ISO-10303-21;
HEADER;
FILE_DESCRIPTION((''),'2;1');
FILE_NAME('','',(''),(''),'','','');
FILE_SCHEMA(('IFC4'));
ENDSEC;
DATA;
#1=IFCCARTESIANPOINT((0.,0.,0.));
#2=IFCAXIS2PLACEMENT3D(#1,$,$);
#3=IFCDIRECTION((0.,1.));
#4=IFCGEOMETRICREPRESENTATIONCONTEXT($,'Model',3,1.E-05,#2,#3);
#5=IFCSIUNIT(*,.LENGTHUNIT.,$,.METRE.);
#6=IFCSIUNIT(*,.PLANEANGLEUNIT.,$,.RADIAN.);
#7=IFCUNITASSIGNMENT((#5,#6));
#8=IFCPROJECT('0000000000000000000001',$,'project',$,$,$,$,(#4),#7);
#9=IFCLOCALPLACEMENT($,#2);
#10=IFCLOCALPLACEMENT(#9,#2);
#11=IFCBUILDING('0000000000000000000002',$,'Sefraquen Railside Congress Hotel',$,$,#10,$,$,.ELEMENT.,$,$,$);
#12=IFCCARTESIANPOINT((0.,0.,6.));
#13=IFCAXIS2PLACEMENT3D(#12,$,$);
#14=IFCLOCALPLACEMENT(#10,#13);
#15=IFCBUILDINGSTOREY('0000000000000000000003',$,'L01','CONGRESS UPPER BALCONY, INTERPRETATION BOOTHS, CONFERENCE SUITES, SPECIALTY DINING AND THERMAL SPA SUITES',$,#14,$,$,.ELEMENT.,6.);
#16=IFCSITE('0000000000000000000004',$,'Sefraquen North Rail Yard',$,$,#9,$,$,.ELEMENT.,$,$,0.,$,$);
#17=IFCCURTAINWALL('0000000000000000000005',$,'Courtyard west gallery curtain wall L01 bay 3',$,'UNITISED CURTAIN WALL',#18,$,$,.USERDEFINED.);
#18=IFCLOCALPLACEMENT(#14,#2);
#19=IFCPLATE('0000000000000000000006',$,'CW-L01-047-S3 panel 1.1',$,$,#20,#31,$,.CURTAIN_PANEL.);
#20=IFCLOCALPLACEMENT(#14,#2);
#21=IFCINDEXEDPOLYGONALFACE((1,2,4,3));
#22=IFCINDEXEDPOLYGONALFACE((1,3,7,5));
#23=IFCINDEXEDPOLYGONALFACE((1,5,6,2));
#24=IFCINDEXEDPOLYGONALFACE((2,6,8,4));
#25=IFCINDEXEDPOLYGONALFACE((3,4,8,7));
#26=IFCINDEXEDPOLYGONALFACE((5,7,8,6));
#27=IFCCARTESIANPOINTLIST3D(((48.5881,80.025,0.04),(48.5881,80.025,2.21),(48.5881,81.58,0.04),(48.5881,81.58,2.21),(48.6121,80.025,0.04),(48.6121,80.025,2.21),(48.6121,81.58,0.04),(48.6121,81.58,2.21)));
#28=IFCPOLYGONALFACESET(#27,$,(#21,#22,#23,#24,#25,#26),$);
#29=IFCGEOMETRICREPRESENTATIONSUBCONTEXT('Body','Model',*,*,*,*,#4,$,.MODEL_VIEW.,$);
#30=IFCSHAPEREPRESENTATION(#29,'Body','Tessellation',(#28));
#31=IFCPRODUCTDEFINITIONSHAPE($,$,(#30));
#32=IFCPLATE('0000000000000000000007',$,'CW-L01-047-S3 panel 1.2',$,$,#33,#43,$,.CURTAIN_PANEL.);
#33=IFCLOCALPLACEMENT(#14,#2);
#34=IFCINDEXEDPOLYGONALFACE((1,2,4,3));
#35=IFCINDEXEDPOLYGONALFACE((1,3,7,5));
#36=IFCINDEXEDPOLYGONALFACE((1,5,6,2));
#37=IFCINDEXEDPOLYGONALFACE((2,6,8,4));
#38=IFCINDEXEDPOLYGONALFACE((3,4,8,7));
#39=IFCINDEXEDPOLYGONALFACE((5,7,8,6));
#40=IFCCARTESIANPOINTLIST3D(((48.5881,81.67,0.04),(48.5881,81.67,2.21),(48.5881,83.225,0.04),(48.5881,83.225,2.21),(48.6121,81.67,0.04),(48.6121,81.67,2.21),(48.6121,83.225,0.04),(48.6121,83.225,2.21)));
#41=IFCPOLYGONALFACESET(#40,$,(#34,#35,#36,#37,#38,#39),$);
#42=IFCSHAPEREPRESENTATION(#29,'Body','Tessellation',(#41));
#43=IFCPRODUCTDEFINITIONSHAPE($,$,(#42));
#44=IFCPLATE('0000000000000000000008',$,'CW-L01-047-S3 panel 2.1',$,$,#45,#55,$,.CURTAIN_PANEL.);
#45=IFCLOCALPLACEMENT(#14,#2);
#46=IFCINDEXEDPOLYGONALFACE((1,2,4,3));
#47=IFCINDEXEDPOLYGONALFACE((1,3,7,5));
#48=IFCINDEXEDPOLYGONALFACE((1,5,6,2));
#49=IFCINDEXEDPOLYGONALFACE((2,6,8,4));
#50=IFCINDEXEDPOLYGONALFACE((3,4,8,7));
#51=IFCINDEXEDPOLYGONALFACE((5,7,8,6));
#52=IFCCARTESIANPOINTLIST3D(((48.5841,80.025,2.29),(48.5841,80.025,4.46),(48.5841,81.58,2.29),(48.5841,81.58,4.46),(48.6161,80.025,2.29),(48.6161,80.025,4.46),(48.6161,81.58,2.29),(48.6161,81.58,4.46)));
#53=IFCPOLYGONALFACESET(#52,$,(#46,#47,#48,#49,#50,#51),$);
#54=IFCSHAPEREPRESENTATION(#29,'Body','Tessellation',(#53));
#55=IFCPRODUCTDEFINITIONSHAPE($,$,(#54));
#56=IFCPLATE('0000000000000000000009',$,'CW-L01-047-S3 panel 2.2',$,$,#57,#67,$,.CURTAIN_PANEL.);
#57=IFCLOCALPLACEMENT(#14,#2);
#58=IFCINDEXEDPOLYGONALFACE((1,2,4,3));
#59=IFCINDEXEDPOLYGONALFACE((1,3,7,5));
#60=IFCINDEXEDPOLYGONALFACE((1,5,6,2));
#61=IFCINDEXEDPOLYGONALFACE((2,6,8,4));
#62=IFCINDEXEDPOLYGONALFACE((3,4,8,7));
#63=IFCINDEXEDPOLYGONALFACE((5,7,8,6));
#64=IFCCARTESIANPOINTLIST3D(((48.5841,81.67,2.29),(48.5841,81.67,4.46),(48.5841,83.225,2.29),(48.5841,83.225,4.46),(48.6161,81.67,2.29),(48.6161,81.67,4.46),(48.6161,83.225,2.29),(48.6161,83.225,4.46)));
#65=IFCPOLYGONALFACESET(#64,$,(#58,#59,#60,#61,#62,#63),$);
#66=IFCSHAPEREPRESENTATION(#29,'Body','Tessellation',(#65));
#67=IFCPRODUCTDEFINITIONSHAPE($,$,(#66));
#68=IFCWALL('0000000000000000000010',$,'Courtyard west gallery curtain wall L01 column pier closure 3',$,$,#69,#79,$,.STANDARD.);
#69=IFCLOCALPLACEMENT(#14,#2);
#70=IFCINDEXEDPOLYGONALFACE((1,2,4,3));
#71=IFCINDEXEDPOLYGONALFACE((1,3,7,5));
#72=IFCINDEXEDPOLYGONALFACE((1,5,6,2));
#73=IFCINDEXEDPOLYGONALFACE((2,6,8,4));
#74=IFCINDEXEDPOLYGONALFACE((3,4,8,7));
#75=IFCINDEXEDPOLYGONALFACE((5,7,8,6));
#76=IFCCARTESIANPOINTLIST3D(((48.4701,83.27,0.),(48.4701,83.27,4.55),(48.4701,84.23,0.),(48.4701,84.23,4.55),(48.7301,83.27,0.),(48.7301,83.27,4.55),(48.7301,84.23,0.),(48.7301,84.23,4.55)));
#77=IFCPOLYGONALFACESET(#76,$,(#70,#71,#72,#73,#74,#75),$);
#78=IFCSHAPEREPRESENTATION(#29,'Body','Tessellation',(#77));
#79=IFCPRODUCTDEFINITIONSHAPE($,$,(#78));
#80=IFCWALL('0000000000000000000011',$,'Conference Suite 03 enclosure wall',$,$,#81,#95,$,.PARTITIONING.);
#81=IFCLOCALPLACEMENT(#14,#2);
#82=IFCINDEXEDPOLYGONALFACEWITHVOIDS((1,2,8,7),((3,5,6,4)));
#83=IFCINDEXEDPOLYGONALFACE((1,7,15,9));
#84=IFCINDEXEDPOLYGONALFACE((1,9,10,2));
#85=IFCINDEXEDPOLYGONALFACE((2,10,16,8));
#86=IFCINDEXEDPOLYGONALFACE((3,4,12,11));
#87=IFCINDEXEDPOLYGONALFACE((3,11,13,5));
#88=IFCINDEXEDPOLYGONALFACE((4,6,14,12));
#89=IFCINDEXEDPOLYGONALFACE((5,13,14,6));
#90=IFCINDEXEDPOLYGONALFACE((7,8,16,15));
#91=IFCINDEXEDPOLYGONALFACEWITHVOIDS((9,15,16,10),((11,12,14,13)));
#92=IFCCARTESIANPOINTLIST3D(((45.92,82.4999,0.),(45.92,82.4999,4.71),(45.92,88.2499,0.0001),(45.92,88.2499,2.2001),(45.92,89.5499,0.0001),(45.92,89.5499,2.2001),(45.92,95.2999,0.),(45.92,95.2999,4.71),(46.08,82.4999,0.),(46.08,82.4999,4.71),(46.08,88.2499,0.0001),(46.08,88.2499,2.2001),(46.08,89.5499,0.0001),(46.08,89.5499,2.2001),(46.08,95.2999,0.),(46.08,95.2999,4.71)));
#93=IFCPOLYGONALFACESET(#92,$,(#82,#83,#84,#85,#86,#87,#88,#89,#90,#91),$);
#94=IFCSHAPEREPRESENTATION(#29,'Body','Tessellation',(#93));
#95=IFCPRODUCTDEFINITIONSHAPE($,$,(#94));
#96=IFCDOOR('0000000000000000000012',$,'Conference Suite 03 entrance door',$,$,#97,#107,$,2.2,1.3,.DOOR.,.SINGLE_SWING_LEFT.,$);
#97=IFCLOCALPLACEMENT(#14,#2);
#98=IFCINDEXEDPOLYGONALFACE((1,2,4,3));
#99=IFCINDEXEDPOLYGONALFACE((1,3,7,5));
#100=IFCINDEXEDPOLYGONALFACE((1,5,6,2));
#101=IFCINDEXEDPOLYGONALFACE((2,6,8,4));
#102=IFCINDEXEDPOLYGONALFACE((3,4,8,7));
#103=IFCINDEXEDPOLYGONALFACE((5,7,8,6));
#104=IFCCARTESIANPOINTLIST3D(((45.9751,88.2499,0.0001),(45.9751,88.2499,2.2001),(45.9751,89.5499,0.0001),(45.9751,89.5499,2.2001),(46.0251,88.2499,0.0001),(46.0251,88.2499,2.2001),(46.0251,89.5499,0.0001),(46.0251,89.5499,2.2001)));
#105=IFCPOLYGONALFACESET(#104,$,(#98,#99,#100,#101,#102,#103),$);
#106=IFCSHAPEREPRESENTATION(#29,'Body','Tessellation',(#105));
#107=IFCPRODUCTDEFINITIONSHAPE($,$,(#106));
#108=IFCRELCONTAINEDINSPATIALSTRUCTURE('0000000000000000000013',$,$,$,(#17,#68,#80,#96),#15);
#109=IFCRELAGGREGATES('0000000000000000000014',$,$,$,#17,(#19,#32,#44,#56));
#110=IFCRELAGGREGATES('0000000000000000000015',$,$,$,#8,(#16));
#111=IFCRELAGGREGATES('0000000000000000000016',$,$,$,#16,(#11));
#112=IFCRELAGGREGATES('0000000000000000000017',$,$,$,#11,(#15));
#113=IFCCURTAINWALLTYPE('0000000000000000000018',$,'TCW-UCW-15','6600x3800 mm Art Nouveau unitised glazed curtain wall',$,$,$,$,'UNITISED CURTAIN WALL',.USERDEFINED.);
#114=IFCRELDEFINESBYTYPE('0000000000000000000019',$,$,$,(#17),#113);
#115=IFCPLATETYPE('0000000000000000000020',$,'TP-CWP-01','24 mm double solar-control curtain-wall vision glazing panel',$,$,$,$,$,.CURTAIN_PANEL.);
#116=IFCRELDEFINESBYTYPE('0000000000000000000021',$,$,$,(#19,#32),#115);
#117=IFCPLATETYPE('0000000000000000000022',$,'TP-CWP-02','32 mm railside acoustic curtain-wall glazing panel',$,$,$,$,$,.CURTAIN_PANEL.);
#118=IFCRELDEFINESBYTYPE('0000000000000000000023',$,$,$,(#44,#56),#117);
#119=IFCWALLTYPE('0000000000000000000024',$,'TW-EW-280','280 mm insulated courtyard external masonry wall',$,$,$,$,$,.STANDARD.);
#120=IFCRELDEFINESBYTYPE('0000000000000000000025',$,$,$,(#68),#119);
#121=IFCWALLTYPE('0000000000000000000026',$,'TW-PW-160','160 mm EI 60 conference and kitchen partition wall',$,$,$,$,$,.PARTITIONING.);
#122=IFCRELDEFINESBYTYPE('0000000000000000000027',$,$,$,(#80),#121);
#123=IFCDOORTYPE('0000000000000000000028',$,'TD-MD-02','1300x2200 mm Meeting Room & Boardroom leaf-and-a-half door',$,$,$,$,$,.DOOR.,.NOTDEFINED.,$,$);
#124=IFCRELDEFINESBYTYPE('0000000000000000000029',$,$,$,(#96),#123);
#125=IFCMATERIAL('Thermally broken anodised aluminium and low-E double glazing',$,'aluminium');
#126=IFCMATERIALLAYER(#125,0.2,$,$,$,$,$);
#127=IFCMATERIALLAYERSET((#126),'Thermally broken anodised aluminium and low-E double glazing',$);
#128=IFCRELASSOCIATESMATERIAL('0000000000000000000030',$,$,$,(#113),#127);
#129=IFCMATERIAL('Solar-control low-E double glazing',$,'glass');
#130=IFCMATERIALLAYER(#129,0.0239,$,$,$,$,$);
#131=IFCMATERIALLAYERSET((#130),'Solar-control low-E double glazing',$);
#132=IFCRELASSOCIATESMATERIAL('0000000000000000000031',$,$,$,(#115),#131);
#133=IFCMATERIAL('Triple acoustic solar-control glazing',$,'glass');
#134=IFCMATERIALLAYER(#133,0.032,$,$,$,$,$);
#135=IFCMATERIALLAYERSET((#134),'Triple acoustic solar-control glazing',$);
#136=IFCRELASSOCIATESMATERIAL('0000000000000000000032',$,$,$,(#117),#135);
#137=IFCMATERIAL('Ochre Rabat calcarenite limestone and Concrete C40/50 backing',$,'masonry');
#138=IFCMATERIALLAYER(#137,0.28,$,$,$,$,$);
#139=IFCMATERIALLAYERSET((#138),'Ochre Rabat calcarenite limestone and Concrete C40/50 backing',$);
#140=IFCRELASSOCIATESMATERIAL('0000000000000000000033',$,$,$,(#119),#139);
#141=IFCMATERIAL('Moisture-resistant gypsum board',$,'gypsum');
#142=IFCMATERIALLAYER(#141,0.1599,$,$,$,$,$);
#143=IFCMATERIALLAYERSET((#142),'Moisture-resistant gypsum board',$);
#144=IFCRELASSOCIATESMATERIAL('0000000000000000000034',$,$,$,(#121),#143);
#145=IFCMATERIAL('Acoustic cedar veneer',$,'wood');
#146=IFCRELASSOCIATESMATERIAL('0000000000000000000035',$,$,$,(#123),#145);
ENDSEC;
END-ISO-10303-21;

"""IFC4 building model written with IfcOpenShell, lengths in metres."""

from ifc_helpers import new_model, si_unit, direction, frame, frame_2d, origin, origin_2d, place, context, subcontext, project, spatial, rectangle, extrude, material, layer, layer_set, type_object, element, fill, aggregate, save


model = new_model("IFC4")

# Units and contexts
model_context = context("Model", 3, precision=1e-05, world=origin(), true_north=direction((0.0, 1.0)))
body_context = subcontext(model_context, "Body", "Model", "MODEL_VIEW")
ifc_project = project(units=[si_unit("LENGTHUNIT", "METRE"), si_unit("PLANEANGLEUNIT", "RADIAN")], contexts=[model_context])

# Site, building, storey
site_placement = place(None, origin())
site = spatial("IfcSite", under=ifc_project, at=site_placement, Name="Sefraquen North Rail Yard", CompositionType="ELEMENT", RefElevation=0.0)
building_placement = place(site_placement, origin())
building = spatial("IfcBuilding", under=site, at=building_placement, Name="Sefraquen Railside Congress Hotel", CompositionType="ELEMENT")
storey_placement = place(building_placement, frame((0.0, 0.0, 6.0)))
storey = spatial("IfcBuildingStorey", under=building, at=storey_placement, Name="L01", Description="CONGRESS UPPER BALCONY, INTERPRETATION BOOTHS, CONFERENCE SUITES, SPECIALTY DINING AND THERMAL SPA SUITES", CompositionType="ELEMENT", Elevation=6.0)

# Curtain wall
ifc_material_1 = material(Name="Thermally broken anodised aluminium and low-E double glazing", Category="aluminium")
ifc_layer_1 = layer(ifc_material_1, 0.2)
ifc_layer_set_1 = layer_set([ifc_layer_1], Name="Thermally broken anodised aluminium and low-E double glazing")
curtain_wall_type = type_object("IfcCurtainWallType", Name="TCW-UCW-15", Description="6600x3800 mm Art Nouveau unitised glazed curtain wall", ElementType="UNITISED CURTAIN WALL", PredefinedType="USERDEFINED", material=ifc_layer_set_1)
curtain_wall_1_placement = place(storey_placement, origin())
curtain_wall_1 = element("IfcCurtainWall", 1, at=curtain_wall_1_placement, inside=storey, type_object=curtain_wall_type, Name="Courtyard west gallery curtain wall L01 bay 3", ObjectType="UNITISED CURTAIN WALL", PredefinedType="USERDEFINED")

# Plates
ifc_material_2 = material(Name="Solar-control low-E double glazing", Category="glass")
ifc_layer_2 = layer(ifc_material_2, 0.0239)
ifc_layer_set_2 = layer_set([ifc_layer_2], Name="Solar-control low-E double glazing")
plate_type_1 = type_object("IfcPlateType", Name="TP-CWP-01", Description="24 mm double solar-control curtain-wall vision glazing panel", PredefinedType="CURTAIN_PANEL", material=ifc_layer_set_2)
plate_1_placement = place(storey_placement, frame((48.6001, 80.8025, 0.04), z_axis=(0.0, 0.0, 1.0), x_axis=(0.0, 1.0, 0.0)))
plate_1 = element("IfcPlate", 2, at=plate_1_placement, type_object=plate_type_1, Name="CW-L01-047-S3 panel 1.1", PredefinedType="CURTAIN_PANEL", context=body_context, shape_type="SweptSolid", body=[
    extrude(rectangle(XDim=1.5549, YDim=0.0239, at=origin_2d()), origin(), (0.0, 0.0, 1.0), 2.1699),
])
plate_2_placement = place(storey_placement, frame((48.6001, 82.4475, 0.04), z_axis=(0.0, 0.0, 1.0), x_axis=(0.0, 1.0, 0.0)))
plate_2 = element("IfcPlate", 3, at=plate_2_placement, type_object=plate_type_1, Name="CW-L01-047-S3 panel 1.2", PredefinedType="CURTAIN_PANEL", context=body_context, shape_type="SweptSolid", body=[
    extrude(rectangle(XDim=1.5549, YDim=0.0239, at=origin_2d()), origin(), (0.0, 0.0, 1.0), 2.1699),
])
ifc_material_3 = material(Name="Triple acoustic solar-control glazing", Category="glass")
ifc_layer_3 = layer(ifc_material_3, 0.032)
ifc_layer_set_3 = layer_set([ifc_layer_3], Name="Triple acoustic solar-control glazing")
plate_type_2 = type_object("IfcPlateType", Name="TP-CWP-02", Description="32 mm railside acoustic curtain-wall glazing panel", PredefinedType="CURTAIN_PANEL", material=ifc_layer_set_3)
plate_3_placement = place(storey_placement, frame((48.6001, 80.8025, 2.29), z_axis=(0.0, 0.0, 1.0), x_axis=(0.0, 1.0, 0.0)))
plate_3 = element("IfcPlate", 4, at=plate_3_placement, type_object=plate_type_2, Name="CW-L01-047-S3 panel 2.1", PredefinedType="CURTAIN_PANEL", context=body_context, shape_type="SweptSolid", body=[
    extrude(rectangle(XDim=1.5549, YDim=0.032, at=origin_2d()), origin(), (0.0, 0.0, 1.0), 2.1699),
])
plate_4_placement = place(storey_placement, frame((48.6001, 82.4475, 2.29), z_axis=(0.0, 0.0, 1.0), x_axis=(0.0, 1.0, 0.0)))
plate_4 = element("IfcPlate", 5, at=plate_4_placement, type_object=plate_type_2, Name="CW-L01-047-S3 panel 2.2", PredefinedType="CURTAIN_PANEL", context=body_context, shape_type="SweptSolid", body=[
    extrude(rectangle(XDim=1.5549, YDim=0.032, at=origin_2d()), origin(), (0.0, 0.0, 1.0), 2.1699),
])
aggregate(curtain_wall_1, [plate_1, plate_2, plate_3, plate_4])

# Wall
ifc_material_4 = material(Name="Ochre Rabat calcarenite limestone and Concrete C40/50 backing", Category="masonry")
ifc_layer_4 = layer(ifc_material_4, 0.28)
ifc_layer_set_4 = layer_set([ifc_layer_4], Name="Ochre Rabat calcarenite limestone and Concrete C40/50 backing")
wall_type_1 = type_object("IfcWallType", Name="TW-EW-280", Description="280 mm insulated courtyard external masonry wall", PredefinedType="STANDARD", material=ifc_layer_set_4)
wall_1_placement = place(storey_placement, frame((48.6001, 83.27, 0.0), z_axis=(0.0, 0.0, 1.0), x_axis=(0.0, 1.0, 0.0)))
element("IfcWall", 6, at=wall_1_placement, inside=storey, type_object=wall_type_1, Name="Courtyard west gallery curtain wall L01 column pier closure 3", PredefinedType="STANDARD", context=body_context, shape_type="SweptSolid", body=[
    extrude(rectangle(XDim=0.96, YDim=0.26, at=frame_2d((0.48, 0.0))), origin(), (0.0, 0.0, 1.0), 4.55),
])

# Wall, opening, door
ifc_material_5 = material(Name="Moisture-resistant gypsum board", Category="gypsum")
ifc_layer_5 = layer(ifc_material_5, 0.1599)
ifc_layer_set_5 = layer_set([ifc_layer_5], Name="Moisture-resistant gypsum board")
wall_type_2 = type_object("IfcWallType", Name="TW-PW-160", Description="160 mm EI 60 conference and kitchen partition wall", PredefinedType="PARTITIONING", material=ifc_layer_set_5)
wall_2_placement = place(storey_placement, frame((46.0, 82.5, 0.0), z_axis=(0.0, 0.0, 1.0), x_axis=(0.0, 1.0, 0.0)))
wall_2 = element("IfcWall", 7, at=wall_2_placement, inside=storey, type_object=wall_type_2, Name="Conference Suite 03 enclosure wall", PredefinedType="PARTITIONING", context=body_context, shape_type="SweptSolid", body=[
    extrude(rectangle(XDim=12.8, YDim=0.1599, at=frame_2d((6.3999, 0.0))), origin(), (0.0, 0.0, 1.0), 4.71),
])
opening_placement = place(wall_2_placement, frame((5.75, 0.0, 0.0)))
opening = element("IfcOpeningElement", 8, at=opening_placement, cuts=wall_2, PredefinedType="OPENING", context=body_context, shape_type="SweptSolid", body=[
    extrude(rectangle(XDim=1.3, YDim=2.2, at=frame_2d((0.6499, 1.1001))), frame((0.0, 0.0898, 0.0), z_axis=(0.0, -1.0, 0.0), x_axis=(1.0, 0.0, 0.0)), (0.0, 0.0, 1.0), 0.1799),
])
ifc_material_6 = material(Name="Acoustic cedar veneer", Category="wood")
door_type = type_object("IfcDoorType", Name="TD-MD-02", Description="1300x2200 mm Meeting Room & Boardroom leaf-and-a-half door", OperationType="NOTDEFINED", PredefinedType="DOOR", material=ifc_material_6)
door_placement = place(opening_placement, origin())
door = element("IfcDoor", 9, at=door_placement, inside=storey, type_object=door_type, Name="Conference Suite 03 entrance door", OperationType="SINGLE_SWING_LEFT", OverallHeight=2.2, OverallWidth=1.3, PredefinedType="DOOR", context=body_context, shape_type="SweptSolid", body=[
    extrude(rectangle(XDim=1.3, YDim=2.2, at=frame_2d((0.6499, 1.1001))), frame((0.0, 0.0249, 0.0), z_axis=(0.0, -1.0, 0.0), x_axis=(1.0, 0.0, 0.0)), (0.0, 0.0, 1.0), 0.05),
])
fill(opening, door)

save(model, "model.ifc")
